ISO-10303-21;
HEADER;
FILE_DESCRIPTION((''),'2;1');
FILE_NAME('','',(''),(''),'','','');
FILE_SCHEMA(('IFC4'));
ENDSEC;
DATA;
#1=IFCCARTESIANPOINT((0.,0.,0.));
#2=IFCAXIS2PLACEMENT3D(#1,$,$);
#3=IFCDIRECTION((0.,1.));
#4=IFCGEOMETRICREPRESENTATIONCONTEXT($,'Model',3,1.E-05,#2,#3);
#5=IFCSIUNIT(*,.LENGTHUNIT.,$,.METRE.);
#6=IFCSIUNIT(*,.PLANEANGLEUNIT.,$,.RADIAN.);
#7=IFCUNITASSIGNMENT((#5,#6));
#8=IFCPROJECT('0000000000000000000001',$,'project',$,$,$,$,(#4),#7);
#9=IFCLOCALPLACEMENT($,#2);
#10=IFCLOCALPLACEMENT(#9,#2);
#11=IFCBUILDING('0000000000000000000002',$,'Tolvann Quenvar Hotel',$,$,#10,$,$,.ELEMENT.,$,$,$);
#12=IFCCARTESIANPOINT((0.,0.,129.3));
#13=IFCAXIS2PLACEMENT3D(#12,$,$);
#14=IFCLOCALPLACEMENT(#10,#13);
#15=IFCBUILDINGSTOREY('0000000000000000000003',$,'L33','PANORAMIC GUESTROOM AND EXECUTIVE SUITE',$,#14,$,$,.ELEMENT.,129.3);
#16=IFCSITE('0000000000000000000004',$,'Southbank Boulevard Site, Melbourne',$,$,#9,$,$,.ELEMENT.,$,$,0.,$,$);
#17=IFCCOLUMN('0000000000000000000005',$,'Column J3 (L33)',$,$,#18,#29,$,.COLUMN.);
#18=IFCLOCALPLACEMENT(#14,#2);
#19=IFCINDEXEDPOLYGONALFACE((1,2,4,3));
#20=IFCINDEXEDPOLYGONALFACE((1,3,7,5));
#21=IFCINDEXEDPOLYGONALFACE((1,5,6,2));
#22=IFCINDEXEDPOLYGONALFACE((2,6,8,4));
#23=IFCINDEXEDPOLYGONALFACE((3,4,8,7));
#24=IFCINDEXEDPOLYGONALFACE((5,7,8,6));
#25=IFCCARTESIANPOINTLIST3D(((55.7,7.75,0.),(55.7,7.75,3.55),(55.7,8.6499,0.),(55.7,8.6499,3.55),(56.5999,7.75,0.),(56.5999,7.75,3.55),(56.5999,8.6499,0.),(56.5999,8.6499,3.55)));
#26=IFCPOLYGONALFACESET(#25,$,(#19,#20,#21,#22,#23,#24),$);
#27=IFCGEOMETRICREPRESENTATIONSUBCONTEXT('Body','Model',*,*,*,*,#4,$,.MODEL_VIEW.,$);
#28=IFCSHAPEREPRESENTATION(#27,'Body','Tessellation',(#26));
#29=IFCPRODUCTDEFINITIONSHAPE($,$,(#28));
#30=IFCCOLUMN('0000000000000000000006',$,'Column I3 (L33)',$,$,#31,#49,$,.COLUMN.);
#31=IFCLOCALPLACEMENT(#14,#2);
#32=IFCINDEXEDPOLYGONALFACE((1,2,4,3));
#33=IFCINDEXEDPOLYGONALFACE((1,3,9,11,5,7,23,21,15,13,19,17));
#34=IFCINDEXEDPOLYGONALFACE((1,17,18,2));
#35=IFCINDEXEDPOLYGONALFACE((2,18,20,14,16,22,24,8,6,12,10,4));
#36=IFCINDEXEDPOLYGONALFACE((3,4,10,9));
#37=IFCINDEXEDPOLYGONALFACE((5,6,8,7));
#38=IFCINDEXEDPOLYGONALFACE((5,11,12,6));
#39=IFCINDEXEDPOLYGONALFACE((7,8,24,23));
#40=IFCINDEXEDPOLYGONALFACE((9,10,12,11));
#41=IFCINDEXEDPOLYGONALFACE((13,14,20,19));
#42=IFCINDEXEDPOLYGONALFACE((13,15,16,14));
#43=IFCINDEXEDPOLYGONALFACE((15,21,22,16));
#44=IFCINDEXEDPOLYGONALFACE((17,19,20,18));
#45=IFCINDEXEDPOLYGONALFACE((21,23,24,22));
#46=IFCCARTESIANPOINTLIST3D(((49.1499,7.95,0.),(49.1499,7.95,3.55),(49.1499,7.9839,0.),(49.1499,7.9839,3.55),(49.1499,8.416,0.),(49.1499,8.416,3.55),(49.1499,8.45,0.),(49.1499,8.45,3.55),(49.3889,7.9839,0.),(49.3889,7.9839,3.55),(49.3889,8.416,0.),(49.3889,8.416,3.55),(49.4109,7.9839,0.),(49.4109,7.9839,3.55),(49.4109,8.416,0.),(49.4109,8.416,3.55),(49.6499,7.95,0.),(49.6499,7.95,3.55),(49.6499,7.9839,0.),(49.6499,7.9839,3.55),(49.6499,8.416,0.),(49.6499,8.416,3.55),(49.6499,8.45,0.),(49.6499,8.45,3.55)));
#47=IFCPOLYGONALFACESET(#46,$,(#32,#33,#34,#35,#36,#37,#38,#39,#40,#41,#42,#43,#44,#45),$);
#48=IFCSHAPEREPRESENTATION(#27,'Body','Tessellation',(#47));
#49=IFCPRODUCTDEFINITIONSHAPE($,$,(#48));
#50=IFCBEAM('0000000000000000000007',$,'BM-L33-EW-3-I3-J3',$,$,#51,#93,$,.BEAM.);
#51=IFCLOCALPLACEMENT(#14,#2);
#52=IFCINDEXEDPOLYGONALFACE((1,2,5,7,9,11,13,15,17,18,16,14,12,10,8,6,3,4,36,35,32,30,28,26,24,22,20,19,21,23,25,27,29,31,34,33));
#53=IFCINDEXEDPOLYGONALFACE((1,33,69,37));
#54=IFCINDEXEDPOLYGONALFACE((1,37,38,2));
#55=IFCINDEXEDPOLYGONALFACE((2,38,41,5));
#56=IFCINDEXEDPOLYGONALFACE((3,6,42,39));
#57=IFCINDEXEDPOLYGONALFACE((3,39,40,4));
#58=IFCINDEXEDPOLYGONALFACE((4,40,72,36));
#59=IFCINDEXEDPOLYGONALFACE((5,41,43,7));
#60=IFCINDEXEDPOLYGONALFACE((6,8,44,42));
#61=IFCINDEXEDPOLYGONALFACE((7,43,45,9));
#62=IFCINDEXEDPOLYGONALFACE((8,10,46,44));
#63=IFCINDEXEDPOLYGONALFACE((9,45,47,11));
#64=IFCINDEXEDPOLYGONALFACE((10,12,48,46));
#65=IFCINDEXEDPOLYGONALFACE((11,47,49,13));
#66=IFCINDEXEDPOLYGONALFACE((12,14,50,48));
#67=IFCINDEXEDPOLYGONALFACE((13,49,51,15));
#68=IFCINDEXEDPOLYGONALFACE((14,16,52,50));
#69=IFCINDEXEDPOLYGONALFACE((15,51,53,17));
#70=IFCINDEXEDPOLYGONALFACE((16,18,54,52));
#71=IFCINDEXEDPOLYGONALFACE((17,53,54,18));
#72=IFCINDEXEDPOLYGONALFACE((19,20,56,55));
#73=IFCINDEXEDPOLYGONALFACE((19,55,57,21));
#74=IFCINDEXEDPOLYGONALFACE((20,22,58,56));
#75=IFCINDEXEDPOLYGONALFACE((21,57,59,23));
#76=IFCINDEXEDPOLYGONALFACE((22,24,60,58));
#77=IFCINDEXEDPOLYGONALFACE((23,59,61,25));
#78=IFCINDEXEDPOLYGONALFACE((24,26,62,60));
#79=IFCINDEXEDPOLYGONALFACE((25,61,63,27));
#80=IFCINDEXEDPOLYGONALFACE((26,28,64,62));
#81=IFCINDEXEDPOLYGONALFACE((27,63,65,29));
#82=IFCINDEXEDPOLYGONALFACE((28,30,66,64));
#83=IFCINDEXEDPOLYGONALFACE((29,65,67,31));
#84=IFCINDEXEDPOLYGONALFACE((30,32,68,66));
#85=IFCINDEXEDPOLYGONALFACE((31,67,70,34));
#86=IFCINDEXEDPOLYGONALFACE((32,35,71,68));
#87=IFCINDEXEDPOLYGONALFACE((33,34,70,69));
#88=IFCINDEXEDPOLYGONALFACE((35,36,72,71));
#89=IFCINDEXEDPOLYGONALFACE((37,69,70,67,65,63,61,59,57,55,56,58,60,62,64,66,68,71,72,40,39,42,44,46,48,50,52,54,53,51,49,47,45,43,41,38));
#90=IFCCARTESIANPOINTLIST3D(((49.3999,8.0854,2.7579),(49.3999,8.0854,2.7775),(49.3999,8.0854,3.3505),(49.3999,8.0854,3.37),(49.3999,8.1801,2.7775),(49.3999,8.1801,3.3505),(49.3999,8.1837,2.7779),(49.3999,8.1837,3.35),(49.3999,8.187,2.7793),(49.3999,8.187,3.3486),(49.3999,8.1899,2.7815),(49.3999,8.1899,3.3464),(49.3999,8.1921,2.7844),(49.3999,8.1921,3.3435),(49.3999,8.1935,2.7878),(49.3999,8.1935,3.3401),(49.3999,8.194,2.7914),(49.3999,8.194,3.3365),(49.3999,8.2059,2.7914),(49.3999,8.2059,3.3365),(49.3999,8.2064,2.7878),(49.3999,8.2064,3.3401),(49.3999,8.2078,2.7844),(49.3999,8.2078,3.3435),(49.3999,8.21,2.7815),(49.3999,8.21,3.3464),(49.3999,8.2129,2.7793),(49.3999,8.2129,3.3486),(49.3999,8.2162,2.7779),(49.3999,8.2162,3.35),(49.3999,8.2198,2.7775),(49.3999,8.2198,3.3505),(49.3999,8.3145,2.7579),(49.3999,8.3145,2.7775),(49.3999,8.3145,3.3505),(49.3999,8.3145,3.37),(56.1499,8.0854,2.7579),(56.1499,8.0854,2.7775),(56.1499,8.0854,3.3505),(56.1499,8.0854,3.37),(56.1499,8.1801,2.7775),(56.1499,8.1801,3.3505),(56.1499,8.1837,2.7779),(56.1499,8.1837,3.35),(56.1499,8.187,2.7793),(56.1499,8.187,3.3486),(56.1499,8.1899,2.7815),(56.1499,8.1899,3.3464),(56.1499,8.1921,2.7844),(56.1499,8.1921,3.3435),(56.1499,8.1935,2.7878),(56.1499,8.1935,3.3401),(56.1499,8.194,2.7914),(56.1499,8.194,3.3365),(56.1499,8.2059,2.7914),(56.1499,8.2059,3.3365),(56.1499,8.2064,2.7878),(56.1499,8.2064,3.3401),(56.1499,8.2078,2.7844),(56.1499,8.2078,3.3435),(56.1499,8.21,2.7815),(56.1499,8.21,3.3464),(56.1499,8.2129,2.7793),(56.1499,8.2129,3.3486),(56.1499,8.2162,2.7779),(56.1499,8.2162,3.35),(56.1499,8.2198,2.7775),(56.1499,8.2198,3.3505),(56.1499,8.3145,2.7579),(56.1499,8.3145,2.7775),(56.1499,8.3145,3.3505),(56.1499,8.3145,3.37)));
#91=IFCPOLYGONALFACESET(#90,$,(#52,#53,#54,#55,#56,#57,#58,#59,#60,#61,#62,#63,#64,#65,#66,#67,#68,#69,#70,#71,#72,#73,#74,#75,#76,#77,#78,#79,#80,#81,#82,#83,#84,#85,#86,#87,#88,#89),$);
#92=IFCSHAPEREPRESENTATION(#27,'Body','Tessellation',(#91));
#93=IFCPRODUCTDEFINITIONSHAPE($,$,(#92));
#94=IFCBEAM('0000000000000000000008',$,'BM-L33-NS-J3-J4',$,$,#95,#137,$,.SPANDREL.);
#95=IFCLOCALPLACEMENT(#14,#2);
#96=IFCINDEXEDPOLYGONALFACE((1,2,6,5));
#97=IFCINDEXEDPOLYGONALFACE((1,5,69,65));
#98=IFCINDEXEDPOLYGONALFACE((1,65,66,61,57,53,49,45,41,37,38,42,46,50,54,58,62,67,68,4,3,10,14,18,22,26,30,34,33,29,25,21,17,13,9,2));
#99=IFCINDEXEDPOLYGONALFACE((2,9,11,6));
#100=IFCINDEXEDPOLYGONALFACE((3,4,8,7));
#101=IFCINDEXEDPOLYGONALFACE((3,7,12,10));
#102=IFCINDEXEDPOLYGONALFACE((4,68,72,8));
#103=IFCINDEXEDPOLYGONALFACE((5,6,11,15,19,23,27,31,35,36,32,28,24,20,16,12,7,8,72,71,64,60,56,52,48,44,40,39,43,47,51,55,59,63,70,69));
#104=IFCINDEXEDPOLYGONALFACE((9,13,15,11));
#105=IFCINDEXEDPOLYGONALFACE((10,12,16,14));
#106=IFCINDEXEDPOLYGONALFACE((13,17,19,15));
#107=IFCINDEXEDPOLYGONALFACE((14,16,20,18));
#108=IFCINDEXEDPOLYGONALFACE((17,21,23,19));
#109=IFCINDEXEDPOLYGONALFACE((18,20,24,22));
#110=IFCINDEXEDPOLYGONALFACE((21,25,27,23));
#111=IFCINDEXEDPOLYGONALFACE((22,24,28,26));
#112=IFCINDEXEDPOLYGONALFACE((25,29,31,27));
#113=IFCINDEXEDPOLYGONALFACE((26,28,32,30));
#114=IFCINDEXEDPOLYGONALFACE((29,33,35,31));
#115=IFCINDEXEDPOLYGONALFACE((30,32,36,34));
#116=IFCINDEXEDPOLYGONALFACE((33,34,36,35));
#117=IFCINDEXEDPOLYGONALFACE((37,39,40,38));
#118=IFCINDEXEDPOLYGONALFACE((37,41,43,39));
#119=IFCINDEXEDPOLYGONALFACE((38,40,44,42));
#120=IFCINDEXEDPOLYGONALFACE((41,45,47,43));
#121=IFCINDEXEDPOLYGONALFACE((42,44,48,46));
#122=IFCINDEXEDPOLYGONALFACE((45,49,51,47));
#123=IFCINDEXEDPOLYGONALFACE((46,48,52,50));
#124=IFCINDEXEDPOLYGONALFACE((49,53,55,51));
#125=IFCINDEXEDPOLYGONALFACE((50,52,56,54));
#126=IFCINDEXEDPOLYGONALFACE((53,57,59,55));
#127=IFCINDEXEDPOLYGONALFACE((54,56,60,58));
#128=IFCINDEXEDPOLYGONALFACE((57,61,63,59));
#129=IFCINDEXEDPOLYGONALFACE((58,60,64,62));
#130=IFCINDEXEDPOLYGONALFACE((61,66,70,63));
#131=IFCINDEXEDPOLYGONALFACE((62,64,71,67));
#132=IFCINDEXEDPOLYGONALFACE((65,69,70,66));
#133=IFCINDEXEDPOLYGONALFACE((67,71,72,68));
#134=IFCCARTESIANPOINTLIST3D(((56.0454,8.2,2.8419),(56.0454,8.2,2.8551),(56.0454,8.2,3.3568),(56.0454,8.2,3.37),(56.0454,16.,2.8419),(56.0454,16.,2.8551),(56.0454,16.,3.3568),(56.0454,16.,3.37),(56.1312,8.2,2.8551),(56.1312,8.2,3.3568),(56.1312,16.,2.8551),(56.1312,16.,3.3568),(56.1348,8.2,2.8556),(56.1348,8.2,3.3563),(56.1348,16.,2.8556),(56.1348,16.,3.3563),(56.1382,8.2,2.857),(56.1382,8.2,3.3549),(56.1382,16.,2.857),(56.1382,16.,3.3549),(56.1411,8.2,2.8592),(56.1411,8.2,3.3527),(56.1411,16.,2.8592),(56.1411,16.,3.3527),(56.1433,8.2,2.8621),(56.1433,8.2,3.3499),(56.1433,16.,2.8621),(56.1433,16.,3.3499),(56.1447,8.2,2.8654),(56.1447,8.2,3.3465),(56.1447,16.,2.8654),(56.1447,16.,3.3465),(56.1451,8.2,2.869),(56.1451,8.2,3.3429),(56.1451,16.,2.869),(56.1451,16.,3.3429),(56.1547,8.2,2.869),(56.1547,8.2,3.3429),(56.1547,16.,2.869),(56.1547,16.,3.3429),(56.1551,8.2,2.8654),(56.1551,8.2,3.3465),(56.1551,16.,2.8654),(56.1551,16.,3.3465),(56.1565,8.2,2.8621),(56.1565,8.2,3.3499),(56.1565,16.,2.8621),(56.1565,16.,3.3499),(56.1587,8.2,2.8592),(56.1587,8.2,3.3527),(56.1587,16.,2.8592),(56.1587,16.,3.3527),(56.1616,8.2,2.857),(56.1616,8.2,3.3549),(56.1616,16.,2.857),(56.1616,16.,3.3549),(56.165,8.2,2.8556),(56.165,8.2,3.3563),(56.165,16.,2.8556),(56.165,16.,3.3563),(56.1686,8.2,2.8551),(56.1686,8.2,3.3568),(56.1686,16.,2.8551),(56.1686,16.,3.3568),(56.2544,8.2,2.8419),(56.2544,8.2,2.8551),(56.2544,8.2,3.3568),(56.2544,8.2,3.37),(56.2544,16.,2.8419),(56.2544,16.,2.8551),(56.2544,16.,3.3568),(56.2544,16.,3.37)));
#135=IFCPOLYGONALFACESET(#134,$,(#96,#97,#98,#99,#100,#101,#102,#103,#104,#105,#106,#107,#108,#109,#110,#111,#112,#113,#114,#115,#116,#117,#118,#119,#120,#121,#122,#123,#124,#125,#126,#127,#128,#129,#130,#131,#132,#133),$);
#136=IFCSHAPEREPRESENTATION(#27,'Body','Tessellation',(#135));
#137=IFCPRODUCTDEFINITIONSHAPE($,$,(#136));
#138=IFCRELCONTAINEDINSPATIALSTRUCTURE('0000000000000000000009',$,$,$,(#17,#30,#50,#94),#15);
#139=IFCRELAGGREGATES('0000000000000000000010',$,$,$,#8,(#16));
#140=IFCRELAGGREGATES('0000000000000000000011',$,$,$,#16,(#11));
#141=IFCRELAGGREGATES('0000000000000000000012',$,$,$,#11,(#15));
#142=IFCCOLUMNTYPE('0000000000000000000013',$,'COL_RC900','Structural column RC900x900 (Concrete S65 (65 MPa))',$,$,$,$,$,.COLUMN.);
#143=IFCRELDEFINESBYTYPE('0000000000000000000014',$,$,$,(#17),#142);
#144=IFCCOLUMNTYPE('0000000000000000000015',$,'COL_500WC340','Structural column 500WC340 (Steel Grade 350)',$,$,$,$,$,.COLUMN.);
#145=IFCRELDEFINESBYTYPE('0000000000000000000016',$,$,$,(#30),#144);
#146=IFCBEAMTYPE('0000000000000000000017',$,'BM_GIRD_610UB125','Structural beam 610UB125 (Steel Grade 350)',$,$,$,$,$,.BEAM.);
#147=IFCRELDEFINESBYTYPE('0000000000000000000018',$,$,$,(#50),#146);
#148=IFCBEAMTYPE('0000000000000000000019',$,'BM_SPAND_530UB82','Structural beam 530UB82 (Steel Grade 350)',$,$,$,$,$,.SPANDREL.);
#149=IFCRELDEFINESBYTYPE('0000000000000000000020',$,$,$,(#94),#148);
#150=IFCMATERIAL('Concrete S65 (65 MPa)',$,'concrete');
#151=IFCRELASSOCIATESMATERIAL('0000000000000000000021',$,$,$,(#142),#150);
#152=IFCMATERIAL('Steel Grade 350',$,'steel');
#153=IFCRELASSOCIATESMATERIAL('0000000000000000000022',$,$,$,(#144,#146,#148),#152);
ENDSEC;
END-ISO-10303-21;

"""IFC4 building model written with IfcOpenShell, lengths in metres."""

from ifc_helpers import new_model, si_unit, direction, frame, origin, origin_2d, place, context, subcontext, project, spatial, rectangle, i_section, extrude, source, transform, mapped, material, material_profile, profile_set, type_object, type_shapes, element, save


model = new_model("IFC4")

# Units and contexts
model_context = context("Model", 3, precision=1e-05, world=origin(), true_north=direction((0.0, 1.0)))
body_context = subcontext(model_context, "Body", "Model", "MODEL_VIEW")
ifc_project = project(units=[si_unit("LENGTHUNIT", "METRE"), si_unit("PLANEANGLEUNIT", "RADIAN")], contexts=[model_context])

# Site, building, storey
site_placement = place(None, origin())
site = spatial("IfcSite", under=ifc_project, at=site_placement, Name="Southbank Boulevard Site, Melbourne", CompositionType="ELEMENT", RefElevation=0.0)
building_placement = place(site_placement, origin())
building = spatial("IfcBuilding", under=site, at=building_placement, Name="Tolvann Quenvar Hotel", CompositionType="ELEMENT")
storey_placement = place(building_placement, frame((0.0, 0.0, 129.3)))
storey = spatial("IfcBuildingStorey", under=building, at=storey_placement, Name="L33", Description="PANORAMIC GUESTROOM AND EXECUTIVE SUITE", CompositionType="ELEMENT", Elevation=129.3)

# Columns
ifc_material_1 = material(Name="Concrete S65 (65 MPa)", Category="concrete")
ifc_material_profile_1 = material_profile(ifc_material_1, rectangle(XDim=0.8999, YDim=0.8999, at=origin_2d()), Name="RC900x900")
ifc_profile_set_1 = profile_set([ifc_material_profile_1], Name="Concrete S65 (65 MPa)")
column_type_1 = type_object("IfcColumnType", Name="COL_RC900", Description="Structural column RC900x900 (Concrete S65 (65 MPa))", PredefinedType="COLUMN", material=ifc_profile_set_1)
shared_shape_1 = source(origin(), body_context, "Body", "SweptSolid", [
    extrude(rectangle(XDim=0.8999, YDim=0.8999, at=origin_2d()), origin(), (0.0, 0.0, 1.0), 3.55),
])
type_shapes(column_type_1, [shared_shape_1])
column_1_placement = place(storey_placement, frame((56.1499, 8.2, 0.0), z_axis=(0.0, 0.0, 1.0), x_axis=(1.0, 0.0, 0.0)))
element("IfcColumn", 1, at=column_1_placement, inside=storey, type_object=column_type_1, Name="Column J3 (L33)", PredefinedType="COLUMN", context=body_context, shape_type="MappedRepresentation", body=[
    mapped(shared_shape_1, transform((0.0, 0.0, 0.0), x_axis=(1.0, 0.0, 0.0), y_axis=(0.0, 1.0, 0.0), z_axis=(0.0, 0.0, 1.0), scale=1.0)),
])
ifc_material_2 = material(Name="Steel Grade 350", Category="steel")
ifc_material_profile_2 = material_profile(ifc_material_2, i_section(OverallWidth=0.5, OverallDepth=0.5, WebThickness=0.022, FlangeThickness=0.0339, at=origin_2d()), Name="500WC340")
ifc_profile_set_2 = profile_set([ifc_material_profile_2], Name="Steel Grade 350")
column_type_2 = type_object("IfcColumnType", Name="COL_500WC340", Description="Structural column 500WC340 (Steel Grade 350)", PredefinedType="COLUMN", material=ifc_profile_set_2)
shared_shape_2 = source(origin(), body_context, "Body", "SweptSolid", [
    extrude(i_section(OverallWidth=0.5, OverallDepth=0.5, WebThickness=0.022, FlangeThickness=0.0339, at=origin_2d()), origin(), (0.0, 0.0, 1.0), 3.55),
])
type_shapes(column_type_2, [shared_shape_2])
column_2_placement = place(storey_placement, frame((49.3999, 8.2, 0.0), z_axis=(0.0, 0.0, 1.0), x_axis=(1.0, 0.0, 0.0)))
element("IfcColumn", 2, at=column_2_placement, inside=storey, type_object=column_type_2, Name="Column I3 (L33)", PredefinedType="COLUMN", context=body_context, shape_type="MappedRepresentation", body=[
    mapped(shared_shape_2, transform((0.0, 0.0, 0.0), x_axis=(1.0, 0.0, 0.0), y_axis=(0.0, 1.0, 0.0), z_axis=(0.0, 0.0, 1.0), scale=1.0)),
])

# Beams
ifc_material_profile_3 = material_profile(ifc_material_2, i_section(OverallWidth=0.229, OverallDepth=0.6121, WebThickness=0.012, FlangeThickness=0.0195, FilletRadius=0.0139, at=origin_2d()), Name="610UB125")
ifc_profile_set_3 = profile_set([ifc_material_profile_3], Name="Steel Grade 350")
beam_type_1 = type_object("IfcBeamType", Name="BM_GIRD_610UB125", Description="Structural beam 610UB125 (Steel Grade 350)", PredefinedType="BEAM", material=ifc_profile_set_3)
shared_shape_3 = source(origin(), body_context, "Body", "SweptSolid", [
    extrude(i_section(OverallWidth=0.229, OverallDepth=0.6121, WebThickness=0.012, FlangeThickness=0.0195, FilletRadius=0.0139, at=origin_2d()), origin(), (0.0, 0.0, 1.0), 6.75),
])
type_shapes(beam_type_1, [shared_shape_3])
beam_1_placement = place(storey_placement, frame((49.3999, 8.2, 3.064), z_axis=(1.0, 0.0, 0.0), x_axis=(0.0, 1.0, 0.0)))
element("IfcBeam", 3, at=beam_1_placement, inside=storey, type_object=beam_type_1, Name="BM-L33-EW-3-I3-J3", PredefinedType="BEAM", context=body_context, shape_type="MappedRepresentation", body=[
    mapped(shared_shape_3, transform((0.0, 0.0, 0.0), x_axis=(1.0, 0.0, 0.0), y_axis=(0.0, 1.0, 0.0), z_axis=(0.0, 0.0, 1.0), scale=1.0)),
])
ifc_material_profile_4 = material_profile(ifc_material_2, i_section(OverallWidth=0.209, OverallDepth=0.5281, WebThickness=0.0095, FlangeThickness=0.0132, FilletRadius=0.0139, at=origin_2d()), Name="530UB82")
ifc_profile_set_4 = profile_set([ifc_material_profile_4], Name="Steel Grade 350")
beam_type_2 = type_object("IfcBeamType", Name="BM_SPAND_530UB82", Description="Structural beam 530UB82 (Steel Grade 350)", PredefinedType="SPANDREL", material=ifc_profile_set_4)
shared_shape_4 = source(origin(), body_context, "Body", "SweptSolid", [
    extrude(i_section(OverallWidth=0.209, OverallDepth=0.5281, WebThickness=0.0095, FlangeThickness=0.0132, FilletRadius=0.0139, at=origin_2d()), origin(), (0.0, 0.0, 1.0), 7.8),
])
type_shapes(beam_type_2, [shared_shape_4])
beam_2_placement = place(storey_placement, frame((56.1499, 8.2, 3.106), z_axis=(0.0, 1.0, 0.0), x_axis=(-1.0, 0.0, 0.0)))
element("IfcBeam", 4, at=beam_2_placement, inside=storey, type_object=beam_type_2, Name="BM-L33-NS-J3-J4", PredefinedType="SPANDREL", context=body_context, shape_type="MappedRepresentation", body=[
    mapped(shared_shape_4, transform((0.0, 0.0, 0.0), x_axis=(1.0, 0.0, 0.0), y_axis=(0.0, 1.0, 0.0), z_axis=(0.0, 0.0, 1.0), scale=1.0)),
])

save(model, "model.ifc")
